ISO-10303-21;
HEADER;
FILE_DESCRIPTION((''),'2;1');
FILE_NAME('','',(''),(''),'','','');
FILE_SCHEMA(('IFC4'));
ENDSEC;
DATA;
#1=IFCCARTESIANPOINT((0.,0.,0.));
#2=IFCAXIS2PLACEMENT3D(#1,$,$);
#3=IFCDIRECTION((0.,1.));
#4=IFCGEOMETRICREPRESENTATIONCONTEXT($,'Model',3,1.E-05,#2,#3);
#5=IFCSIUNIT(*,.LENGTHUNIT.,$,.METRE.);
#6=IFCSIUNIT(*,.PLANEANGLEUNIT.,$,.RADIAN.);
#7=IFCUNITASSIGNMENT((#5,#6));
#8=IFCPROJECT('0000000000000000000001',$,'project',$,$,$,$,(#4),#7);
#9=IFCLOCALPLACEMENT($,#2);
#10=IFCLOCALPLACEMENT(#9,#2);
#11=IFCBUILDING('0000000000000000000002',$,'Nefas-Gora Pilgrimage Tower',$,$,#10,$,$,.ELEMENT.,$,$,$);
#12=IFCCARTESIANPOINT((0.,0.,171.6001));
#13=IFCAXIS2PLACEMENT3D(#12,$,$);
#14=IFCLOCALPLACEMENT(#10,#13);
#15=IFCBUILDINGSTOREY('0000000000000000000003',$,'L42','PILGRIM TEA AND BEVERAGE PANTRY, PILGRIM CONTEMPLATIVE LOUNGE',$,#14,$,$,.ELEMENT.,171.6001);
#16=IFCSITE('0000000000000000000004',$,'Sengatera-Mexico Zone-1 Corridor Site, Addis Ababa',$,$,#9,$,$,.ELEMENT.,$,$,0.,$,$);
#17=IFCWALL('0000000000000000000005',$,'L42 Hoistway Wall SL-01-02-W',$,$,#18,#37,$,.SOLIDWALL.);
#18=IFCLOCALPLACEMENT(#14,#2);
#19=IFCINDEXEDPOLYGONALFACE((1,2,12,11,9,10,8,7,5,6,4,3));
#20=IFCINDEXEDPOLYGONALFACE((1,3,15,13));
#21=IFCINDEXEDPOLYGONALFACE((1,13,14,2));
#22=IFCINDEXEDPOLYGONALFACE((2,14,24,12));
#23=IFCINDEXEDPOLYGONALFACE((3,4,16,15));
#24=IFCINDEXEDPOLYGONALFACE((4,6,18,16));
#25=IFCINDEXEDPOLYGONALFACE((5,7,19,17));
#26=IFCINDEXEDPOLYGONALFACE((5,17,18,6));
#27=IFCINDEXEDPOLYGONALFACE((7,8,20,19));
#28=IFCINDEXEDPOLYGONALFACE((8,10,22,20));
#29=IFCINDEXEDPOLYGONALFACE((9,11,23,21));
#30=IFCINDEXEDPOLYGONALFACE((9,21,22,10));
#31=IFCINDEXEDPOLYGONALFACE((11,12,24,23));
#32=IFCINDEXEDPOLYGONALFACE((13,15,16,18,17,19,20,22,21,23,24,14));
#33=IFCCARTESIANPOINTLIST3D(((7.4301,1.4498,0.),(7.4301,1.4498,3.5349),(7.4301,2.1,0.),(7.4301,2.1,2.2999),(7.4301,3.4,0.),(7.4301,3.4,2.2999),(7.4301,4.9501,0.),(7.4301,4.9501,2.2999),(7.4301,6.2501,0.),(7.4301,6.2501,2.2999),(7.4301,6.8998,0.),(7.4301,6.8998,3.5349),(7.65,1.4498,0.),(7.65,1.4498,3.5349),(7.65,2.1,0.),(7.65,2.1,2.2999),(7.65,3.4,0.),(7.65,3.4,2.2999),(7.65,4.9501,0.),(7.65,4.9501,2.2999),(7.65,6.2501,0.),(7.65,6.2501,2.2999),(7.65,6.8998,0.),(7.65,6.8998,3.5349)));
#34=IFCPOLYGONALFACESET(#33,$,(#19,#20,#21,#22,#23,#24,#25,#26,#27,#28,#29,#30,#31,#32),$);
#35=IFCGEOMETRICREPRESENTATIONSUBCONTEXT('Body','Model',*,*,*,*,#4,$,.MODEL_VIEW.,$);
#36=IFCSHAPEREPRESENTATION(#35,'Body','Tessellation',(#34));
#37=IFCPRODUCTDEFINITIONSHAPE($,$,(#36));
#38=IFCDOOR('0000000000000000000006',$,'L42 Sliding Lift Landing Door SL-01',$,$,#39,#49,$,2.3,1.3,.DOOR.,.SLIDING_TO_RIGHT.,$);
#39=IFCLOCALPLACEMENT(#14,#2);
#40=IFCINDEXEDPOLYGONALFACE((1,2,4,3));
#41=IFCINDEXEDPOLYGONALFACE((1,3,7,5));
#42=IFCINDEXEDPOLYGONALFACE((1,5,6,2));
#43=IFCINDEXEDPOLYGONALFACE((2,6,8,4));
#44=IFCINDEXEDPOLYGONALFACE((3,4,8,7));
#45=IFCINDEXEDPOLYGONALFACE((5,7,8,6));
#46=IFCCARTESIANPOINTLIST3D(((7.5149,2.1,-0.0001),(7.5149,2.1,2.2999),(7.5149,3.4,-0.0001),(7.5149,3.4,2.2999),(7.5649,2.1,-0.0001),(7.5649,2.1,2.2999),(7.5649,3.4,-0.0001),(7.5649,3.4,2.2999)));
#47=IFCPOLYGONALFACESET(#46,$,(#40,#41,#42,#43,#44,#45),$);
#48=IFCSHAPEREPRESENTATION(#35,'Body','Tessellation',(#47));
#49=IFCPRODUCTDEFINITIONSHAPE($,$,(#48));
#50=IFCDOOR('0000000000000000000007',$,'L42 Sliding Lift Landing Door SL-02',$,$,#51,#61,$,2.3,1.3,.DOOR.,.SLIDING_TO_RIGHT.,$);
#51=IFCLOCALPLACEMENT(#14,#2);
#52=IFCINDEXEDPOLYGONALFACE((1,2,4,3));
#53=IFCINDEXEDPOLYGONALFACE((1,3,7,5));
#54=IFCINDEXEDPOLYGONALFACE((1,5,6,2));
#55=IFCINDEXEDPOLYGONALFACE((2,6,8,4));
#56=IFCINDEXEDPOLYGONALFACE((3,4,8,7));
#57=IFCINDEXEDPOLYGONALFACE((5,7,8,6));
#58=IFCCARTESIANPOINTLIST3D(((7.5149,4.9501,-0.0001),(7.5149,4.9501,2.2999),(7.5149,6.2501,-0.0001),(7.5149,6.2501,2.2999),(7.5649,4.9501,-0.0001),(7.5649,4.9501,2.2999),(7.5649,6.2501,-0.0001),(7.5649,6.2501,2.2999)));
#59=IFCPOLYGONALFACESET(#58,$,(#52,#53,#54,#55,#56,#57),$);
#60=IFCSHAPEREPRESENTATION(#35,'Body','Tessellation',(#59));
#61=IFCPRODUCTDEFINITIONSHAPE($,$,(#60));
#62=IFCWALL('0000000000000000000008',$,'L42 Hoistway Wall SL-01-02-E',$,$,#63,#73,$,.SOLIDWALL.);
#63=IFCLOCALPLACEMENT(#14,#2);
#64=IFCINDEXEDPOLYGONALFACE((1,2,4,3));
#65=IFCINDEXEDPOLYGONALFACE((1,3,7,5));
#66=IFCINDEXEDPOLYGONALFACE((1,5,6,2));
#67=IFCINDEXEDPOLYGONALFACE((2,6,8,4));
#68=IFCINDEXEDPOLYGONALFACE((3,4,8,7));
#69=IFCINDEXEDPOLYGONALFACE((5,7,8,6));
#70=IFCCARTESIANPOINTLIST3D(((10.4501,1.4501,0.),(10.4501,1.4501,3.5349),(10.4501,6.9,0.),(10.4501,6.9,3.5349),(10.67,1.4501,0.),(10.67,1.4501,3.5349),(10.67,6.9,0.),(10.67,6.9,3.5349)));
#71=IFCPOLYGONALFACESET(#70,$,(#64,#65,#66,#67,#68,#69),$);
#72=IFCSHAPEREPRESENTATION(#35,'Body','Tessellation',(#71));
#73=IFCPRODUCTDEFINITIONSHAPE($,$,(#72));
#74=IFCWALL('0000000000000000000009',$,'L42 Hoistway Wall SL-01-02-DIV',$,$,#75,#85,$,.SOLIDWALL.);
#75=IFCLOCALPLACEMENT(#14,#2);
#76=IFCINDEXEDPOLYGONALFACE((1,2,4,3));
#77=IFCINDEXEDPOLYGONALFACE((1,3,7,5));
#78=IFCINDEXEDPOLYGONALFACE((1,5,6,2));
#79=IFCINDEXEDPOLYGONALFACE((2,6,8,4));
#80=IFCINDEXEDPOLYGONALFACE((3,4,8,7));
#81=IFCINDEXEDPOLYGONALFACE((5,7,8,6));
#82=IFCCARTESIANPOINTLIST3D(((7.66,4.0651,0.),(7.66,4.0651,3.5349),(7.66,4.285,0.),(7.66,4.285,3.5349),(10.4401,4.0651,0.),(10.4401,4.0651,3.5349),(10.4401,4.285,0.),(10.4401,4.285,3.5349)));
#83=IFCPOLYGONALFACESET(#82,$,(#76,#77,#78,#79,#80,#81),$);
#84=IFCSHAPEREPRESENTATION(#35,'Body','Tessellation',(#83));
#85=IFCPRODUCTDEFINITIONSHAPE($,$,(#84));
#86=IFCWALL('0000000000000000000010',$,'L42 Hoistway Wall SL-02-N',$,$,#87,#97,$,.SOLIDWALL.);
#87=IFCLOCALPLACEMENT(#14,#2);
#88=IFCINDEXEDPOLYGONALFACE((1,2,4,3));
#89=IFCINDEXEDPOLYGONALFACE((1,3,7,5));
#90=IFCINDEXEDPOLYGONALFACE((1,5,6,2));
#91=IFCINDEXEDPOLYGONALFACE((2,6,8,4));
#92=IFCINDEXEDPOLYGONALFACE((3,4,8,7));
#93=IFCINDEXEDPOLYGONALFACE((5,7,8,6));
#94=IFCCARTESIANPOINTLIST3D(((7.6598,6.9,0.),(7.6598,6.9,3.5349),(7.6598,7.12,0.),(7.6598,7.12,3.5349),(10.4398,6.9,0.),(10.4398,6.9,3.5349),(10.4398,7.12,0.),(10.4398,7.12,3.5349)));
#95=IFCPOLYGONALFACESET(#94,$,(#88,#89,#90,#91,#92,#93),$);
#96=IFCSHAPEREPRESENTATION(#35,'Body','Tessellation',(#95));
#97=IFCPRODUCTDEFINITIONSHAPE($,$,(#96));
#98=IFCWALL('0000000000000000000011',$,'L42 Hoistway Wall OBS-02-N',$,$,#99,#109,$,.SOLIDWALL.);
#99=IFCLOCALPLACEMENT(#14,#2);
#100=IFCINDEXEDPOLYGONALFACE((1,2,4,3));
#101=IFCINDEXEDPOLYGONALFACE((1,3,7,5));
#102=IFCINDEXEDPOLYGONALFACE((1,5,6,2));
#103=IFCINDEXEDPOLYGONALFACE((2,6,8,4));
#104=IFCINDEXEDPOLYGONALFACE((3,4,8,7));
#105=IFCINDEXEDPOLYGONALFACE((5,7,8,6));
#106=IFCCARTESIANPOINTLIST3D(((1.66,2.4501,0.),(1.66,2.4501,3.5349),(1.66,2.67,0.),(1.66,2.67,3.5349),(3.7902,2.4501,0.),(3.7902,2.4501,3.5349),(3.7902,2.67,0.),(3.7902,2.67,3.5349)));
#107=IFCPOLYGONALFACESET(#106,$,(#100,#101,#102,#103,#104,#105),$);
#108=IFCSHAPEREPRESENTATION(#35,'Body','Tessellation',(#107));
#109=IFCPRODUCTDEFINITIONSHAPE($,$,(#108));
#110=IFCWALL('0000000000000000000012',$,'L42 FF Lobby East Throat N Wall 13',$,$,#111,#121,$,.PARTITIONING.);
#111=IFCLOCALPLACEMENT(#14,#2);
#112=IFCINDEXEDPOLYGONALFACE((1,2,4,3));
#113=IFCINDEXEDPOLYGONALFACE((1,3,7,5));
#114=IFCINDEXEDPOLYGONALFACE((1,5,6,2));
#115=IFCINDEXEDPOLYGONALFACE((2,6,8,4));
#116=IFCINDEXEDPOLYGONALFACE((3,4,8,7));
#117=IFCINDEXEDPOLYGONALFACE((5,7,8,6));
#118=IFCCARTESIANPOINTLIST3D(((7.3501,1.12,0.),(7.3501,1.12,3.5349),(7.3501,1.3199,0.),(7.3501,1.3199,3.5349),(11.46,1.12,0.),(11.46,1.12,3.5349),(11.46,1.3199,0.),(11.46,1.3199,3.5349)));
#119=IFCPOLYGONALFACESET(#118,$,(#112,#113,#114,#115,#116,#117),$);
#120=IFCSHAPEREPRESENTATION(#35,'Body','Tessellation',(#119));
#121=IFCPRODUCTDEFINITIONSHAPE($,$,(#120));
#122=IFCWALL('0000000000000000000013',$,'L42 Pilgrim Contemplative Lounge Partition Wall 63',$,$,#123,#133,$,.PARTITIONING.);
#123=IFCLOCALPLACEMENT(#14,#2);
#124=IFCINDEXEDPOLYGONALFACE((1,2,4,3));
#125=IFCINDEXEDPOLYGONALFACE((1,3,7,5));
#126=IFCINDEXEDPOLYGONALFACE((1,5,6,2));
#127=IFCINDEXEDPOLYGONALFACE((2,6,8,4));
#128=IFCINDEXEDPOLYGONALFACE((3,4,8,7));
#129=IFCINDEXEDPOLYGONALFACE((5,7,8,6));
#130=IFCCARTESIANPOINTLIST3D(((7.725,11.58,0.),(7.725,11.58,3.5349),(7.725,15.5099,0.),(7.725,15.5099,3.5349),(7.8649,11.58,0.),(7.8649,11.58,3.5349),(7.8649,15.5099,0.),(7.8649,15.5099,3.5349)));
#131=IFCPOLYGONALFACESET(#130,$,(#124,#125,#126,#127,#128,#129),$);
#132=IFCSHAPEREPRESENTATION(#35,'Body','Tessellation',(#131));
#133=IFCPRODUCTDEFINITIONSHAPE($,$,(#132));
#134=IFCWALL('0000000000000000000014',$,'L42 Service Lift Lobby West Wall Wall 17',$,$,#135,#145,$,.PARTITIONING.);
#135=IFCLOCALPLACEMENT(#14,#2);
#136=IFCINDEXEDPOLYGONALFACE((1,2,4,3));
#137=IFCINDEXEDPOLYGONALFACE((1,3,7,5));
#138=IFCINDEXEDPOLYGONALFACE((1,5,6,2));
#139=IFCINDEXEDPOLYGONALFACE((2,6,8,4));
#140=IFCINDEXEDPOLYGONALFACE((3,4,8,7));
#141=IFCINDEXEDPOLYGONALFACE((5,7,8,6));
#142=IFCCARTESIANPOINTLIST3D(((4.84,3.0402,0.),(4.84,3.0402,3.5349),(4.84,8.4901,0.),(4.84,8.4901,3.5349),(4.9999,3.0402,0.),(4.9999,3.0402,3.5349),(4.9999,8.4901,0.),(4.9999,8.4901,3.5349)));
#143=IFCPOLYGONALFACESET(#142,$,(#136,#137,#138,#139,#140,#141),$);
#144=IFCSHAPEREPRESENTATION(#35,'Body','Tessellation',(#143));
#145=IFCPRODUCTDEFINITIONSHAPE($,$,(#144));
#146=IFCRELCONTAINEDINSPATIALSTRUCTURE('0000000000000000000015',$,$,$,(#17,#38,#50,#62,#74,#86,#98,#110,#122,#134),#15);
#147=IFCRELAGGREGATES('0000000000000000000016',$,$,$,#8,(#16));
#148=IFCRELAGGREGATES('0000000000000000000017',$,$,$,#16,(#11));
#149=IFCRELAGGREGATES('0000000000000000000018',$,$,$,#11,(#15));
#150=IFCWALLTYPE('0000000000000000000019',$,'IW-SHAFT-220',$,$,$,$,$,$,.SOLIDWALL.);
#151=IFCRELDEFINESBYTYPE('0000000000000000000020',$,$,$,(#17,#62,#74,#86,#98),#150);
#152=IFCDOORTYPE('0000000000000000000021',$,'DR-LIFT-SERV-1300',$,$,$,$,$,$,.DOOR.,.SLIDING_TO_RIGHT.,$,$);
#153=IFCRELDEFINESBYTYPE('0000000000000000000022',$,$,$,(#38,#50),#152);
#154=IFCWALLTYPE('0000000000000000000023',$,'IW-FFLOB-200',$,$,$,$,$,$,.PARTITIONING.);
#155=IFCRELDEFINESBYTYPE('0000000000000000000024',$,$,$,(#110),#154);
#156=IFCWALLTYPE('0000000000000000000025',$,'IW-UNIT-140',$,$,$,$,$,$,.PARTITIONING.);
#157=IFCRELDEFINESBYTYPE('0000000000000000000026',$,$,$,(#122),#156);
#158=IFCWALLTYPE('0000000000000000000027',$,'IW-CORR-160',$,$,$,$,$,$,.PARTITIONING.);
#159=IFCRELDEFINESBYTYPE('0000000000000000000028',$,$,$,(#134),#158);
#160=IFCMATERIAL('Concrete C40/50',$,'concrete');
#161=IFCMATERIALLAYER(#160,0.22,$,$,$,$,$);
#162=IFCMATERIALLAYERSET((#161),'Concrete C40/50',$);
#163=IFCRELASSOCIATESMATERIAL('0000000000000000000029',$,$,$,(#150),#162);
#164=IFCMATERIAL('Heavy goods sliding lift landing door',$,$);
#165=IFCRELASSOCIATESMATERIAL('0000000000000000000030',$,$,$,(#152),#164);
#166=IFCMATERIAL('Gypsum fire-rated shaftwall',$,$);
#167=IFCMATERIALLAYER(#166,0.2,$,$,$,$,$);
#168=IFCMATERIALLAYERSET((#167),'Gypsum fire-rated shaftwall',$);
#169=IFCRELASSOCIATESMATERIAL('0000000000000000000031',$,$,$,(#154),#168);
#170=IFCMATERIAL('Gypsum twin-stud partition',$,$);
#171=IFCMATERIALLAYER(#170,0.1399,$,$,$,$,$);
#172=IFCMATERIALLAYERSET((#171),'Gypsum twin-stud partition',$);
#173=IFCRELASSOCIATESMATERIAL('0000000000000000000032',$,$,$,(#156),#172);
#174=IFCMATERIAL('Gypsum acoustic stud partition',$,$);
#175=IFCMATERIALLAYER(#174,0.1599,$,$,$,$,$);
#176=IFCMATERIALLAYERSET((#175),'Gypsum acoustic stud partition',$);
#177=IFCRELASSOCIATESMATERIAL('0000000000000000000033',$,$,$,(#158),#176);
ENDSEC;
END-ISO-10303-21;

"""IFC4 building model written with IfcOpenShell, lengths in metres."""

from ifc_helpers import new_model, si_unit, direction, frame, frame_2d, origin, place, context, subcontext, project, spatial, rectangle, extrude, source, transform, mapped, material, layer, layer_set, type_object, element, fill, save


model = new_model("IFC4")

# Units and contexts
model_context = context("Model", 3, precision=1e-05, world=origin(), true_north=direction((0.0, 1.0)))
body_context = subcontext(model_context, "Body", "Model", "MODEL_VIEW")
ifc_project = project(units=[si_unit("LENGTHUNIT", "METRE"), si_unit("PLANEANGLEUNIT", "RADIAN")], contexts=[model_context])

# Site, building, storey
site_placement = place(None, origin())
site = spatial("IfcSite", under=ifc_project, at=site_placement, Name="Sengatera-Mexico Zone-1 Corridor Site, Addis Ababa", CompositionType="ELEMENT", RefElevation=0.0)
building_placement = place(site_placement, origin())
building = spatial("IfcBuilding", under=site, at=building_placement, Name="Nefas-Gora Pilgrimage Tower", CompositionType="ELEMENT")
storey_placement = place(building_placement, frame((0.0, 0.0, 171.6001)))
storey = spatial("IfcBuildingStorey", under=building, at=storey_placement, Name="L42", Description="PILGRIM TEA AND BEVERAGE PANTRY, PILGRIM CONTEMPLATIVE LOUNGE", CompositionType="ELEMENT", Elevation=171.6001)

# Wall, openings, doors
ifc_material_1 = material(Name="Concrete C40/50", Category="concrete")
ifc_layer_1 = layer(ifc_material_1, 0.22)
ifc_layer_set_1 = layer_set([ifc_layer_1], Name="Concrete C40/50")
wall_type_1 = type_object("IfcWallType", Name="IW-SHAFT-220", PredefinedType="SOLIDWALL", material=ifc_layer_set_1)
shared_shape_1 = source(origin(), body_context, "Body", "SweptSolid", [
    extrude(rectangle(XDim=5.45, YDim=0.22, at=frame_2d((2.7251, 0.0))), origin(), (0.0, 0.0, 1.0), 3.5349),
])
wall_1_placement = place(storey_placement, frame((7.54, 6.8999, 0.0), z_axis=(0.0, 0.0, 1.0), x_axis=(0.0, -1.0, 0.0)))
wall_1 = element("IfcWall", 1, at=wall_1_placement, inside=storey, type_object=wall_type_1, Name="L42 Hoistway Wall SL-01-02-W", PredefinedType="SOLIDWALL", context=body_context, shape_type="MappedRepresentation", body=[
    mapped(shared_shape_1, transform((0.0, 0.0, 0.0), x_axis=(1.0, 0.0, 0.0), y_axis=(0.0, 1.0, 0.0), z_axis=(0.0, 0.0, 1.0), scale=1.0)),
])
opening_1_placement = place(wall_1_placement, frame((3.5, 0.0, 0.0)))
opening_1 = element("IfcOpeningElement", 2, at=opening_1_placement, cuts=wall_1, PredefinedType="OPENING", context=body_context, shape_type="SweptSolid", body=[
    extrude(rectangle(XDim=1.3, YDim=2.3, at=frame_2d((0.6499, 1.1499))), frame((0.0, 0.1199, 0.0), z_axis=(0.0, -1.0, 0.0), x_axis=(1.0, 0.0, 0.0)), (0.0, 0.0, 1.0), 0.24),
])
opening_2_placement = place(wall_1_placement, frame((0.6499, 0.0, 0.0)))
opening_2 = element("IfcOpeningElement", 3, at=opening_2_placement, cuts=wall_1, PredefinedType="OPENING", context=body_context, shape_type="SweptSolid", body=[
    extrude(rectangle(XDim=1.3, YDim=2.3, at=frame_2d((0.6499, 1.1499))), frame((0.0, 0.1199, 0.0), z_axis=(0.0, -1.0, 0.0), x_axis=(1.0, 0.0, 0.0)), (0.0, 0.0, 1.0), 0.24),
])
ifc_material_2 = material(Name="Heavy goods sliding lift landing door")
door_type_1 = type_object("IfcDoorType", Name="DR-LIFT-SERV-1300", OperationType="SLIDING_TO_RIGHT", PredefinedType="DOOR", material=ifc_material_2)
shared_shape_2 = source(origin(), body_context, "Body", "SweptSolid", [
    extrude(rectangle(XDim=1.3, YDim=2.3, at=frame_2d((0.6499, 1.1499))), frame((0.0, 0.0249, 0.0), z_axis=(0.0, -1.0, 0.0), x_axis=(1.0, 0.0, 0.0)), (0.0, 0.0, 1.0), 0.05),
])
door_1_placement = place(opening_1_placement, origin())
door_1 = element("IfcDoor", 4, at=door_1_placement, inside=storey, type_object=door_type_1, Name="L42 Sliding Lift Landing Door SL-01", OperationType="SLIDING_TO_RIGHT", OverallHeight=2.3, OverallWidth=1.3, PredefinedType="DOOR", context=body_context, shape_type="MappedRepresentation", body=[
    mapped(shared_shape_2, transform((0.0, 0.0, 0.0), x_axis=(1.0, 0.0, 0.0), y_axis=(0.0, 1.0, 0.0), z_axis=(0.0, 0.0, 1.0), scale=1.0)),
])
fill(opening_1, door_1)
door_2_placement = place(opening_2_placement, origin())
door_2 = element("IfcDoor", 5, at=door_2_placement, inside=storey, type_object=door_type_1, Name="L42 Sliding Lift Landing Door SL-02", OperationType="SLIDING_TO_RIGHT", OverallHeight=2.3, OverallWidth=1.3, PredefinedType="DOOR", context=body_context, shape_type="MappedRepresentation", body=[
    mapped(shared_shape_2, transform((0.0, 0.0, 0.0), x_axis=(1.0, 0.0, 0.0), y_axis=(0.0, 1.0, 0.0), z_axis=(0.0, 0.0, 1.0), scale=1.0)),
])
fill(opening_2, door_2)

# Walls
wall_2_placement = place(storey_placement, frame((10.5601, 1.45, 0.0), z_axis=(0.0, 0.0, 1.0), x_axis=(0.0, 1.0, 0.0)))
element("IfcWall", 6, at=wall_2_placement, inside=storey, type_object=wall_type_1, Name="L42 Hoistway Wall SL-01-02-E", PredefinedType="SOLIDWALL", context=body_context, shape_type="MappedRepresentation", body=[
    mapped(shared_shape_1, transform((0.0, 0.0, 0.0), x_axis=(1.0, 0.0, 0.0), y_axis=(0.0, 1.0, 0.0), z_axis=(0.0, 0.0, 1.0), scale=1.0)),
])
shared_shape_3 = source(origin(), body_context, "Body", "SweptSolid", [
    extrude(rectangle(XDim=2.78, YDim=0.22, at=frame_2d((1.3901, 0.0))), origin(), (0.0, 0.0, 1.0), 3.5349),
])
for number, where, z_axis, x_axis, name in (
    (7, (7.6599, 4.175, 0.0), (0.0, 0.0, 1.0), (1.0, 0.0, 0.0), "L42 Hoistway Wall SL-01-02-DIV"),
    (8, (10.4399, 7.01, 0.0), (0.0, 0.0, 1.0), (-1.0, 0.0, 0.0), "L42 Hoistway Wall SL-02-N"),
):
    element("IfcWall", number, at=place(storey_placement, frame(where, z_axis=z_axis, x_axis=x_axis)), inside=storey, type_object=wall_type_1, Name=name, PredefinedType="SOLIDWALL", context=body_context, shape_type="MappedRepresentation", body=[
        mapped(shared_shape_3, transform((0.0, 0.0, 0.0), x_axis=(1.0, 0.0, 0.0), y_axis=(0.0, 1.0, 0.0), z_axis=(0.0, 0.0, 1.0), scale=1.0)),
    ])
shared_shape_4 = source(origin(), body_context, "Body", "SweptSolid", [
    extrude(rectangle(XDim=2.1301, YDim=0.22, at=frame_2d((1.0649, 0.0))), origin(), (0.0, 0.0, 1.0), 3.5349),
])
wall_3_placement = place(storey_placement, frame((3.79, 2.5601, 0.0), z_axis=(0.0, 0.0, 1.0), x_axis=(-1.0, 0.0, 0.0)))
element("IfcWall", 9, at=wall_3_placement, inside=storey, type_object=wall_type_1, Name="L42 Hoistway Wall OBS-02-N", PredefinedType="SOLIDWALL", context=body_context, shape_type="MappedRepresentation", body=[
    mapped(shared_shape_4, transform((0.0, 0.0, 0.0), x_axis=(1.0, 0.0, 0.0), y_axis=(0.0, 1.0, 0.0), z_axis=(0.0, 0.0, 1.0), scale=1.0)),
])

# Shared definitions
ifc_material_3 = material(Name="Gypsum fire-rated shaftwall")
ifc_layer_2 = layer(ifc_material_3, 0.2)
ifc_layer_set_2 = layer_set([ifc_layer_2], Name="Gypsum fire-rated shaftwall")
wall_type_2 = type_object("IfcWallType", Name="IW-FFLOB-200", PredefinedType="PARTITIONING", material=ifc_layer_set_2)

# Walls
shared_shape_5 = source(origin(), body_context, "Body", "SweptSolid", [
    extrude(rectangle(XDim=4.1099, YDim=0.2, at=frame_2d((2.0549, 0.0))), origin(), (0.0, 0.0, 1.0), 3.5349),
])
wall_4_placement = place(storey_placement, frame((7.3501, 1.22, 0.0), z_axis=(0.0, 0.0, 1.0), x_axis=(1.0, 0.0, 0.0)))
element("IfcWall", 10, at=wall_4_placement, inside=storey, type_object=wall_type_2, Name="L42 FF Lobby East Throat N Wall 13", PredefinedType="PARTITIONING", context=body_context, shape_type="MappedRepresentation", body=[
    mapped(shared_shape_5, transform((0.0, 0.0, 0.0), x_axis=(1.0, 0.0, 0.0), y_axis=(0.0, 1.0, 0.0), z_axis=(0.0, 0.0, 1.0), scale=1.0)),
])
ifc_material_4 = material(Name="Gypsum twin-stud partition")
ifc_layer_3 = layer(ifc_material_4, 0.1399)
ifc_layer_set_3 = layer_set([ifc_layer_3], Name="Gypsum twin-stud partition")
wall_type_3 = type_object("IfcWallType", Name="IW-UNIT-140", PredefinedType="PARTITIONING", material=ifc_layer_set_3)
shared_shape_6 = source(origin(), body_context, "Body", "SweptSolid", [
    extrude(rectangle(XDim=3.9299, YDim=0.1399, at=frame_2d((1.9648, 0.0))), origin(), (0.0, 0.0, 1.0), 3.5349),
])
wall_5_placement = place(storey_placement, frame((7.7949, 11.5801, 0.0), z_axis=(0.0, 0.0, 1.0), x_axis=(0.0, 1.0, 0.0)))
element("IfcWall", 11, at=wall_5_placement, inside=storey, type_object=wall_type_3, Name="L42 Pilgrim Contemplative Lounge Partition Wall 63", PredefinedType="PARTITIONING", context=body_context, shape_type="MappedRepresentation", body=[
    mapped(shared_shape_6, transform((0.0, 0.0, 0.0), x_axis=(1.0, 0.0, 0.0), y_axis=(0.0, 1.0, 0.0), z_axis=(0.0, 0.0, 1.0), scale=1.0)),
])
ifc_material_5 = material(Name="Gypsum acoustic stud partition")
ifc_layer_4 = layer(ifc_material_5, 0.1599)
ifc_layer_set_4 = layer_set([ifc_layer_4], Name="Gypsum acoustic stud partition")
wall_type_4 = type_object("IfcWallType", Name="IW-CORR-160", PredefinedType="PARTITIONING", material=ifc_layer_set_4)
shared_shape_7 = source(origin(), body_context, "Body", "SweptSolid", [
    extrude(rectangle(XDim=5.45, YDim=0.1599, at=frame_2d((2.7251, 0.0))), origin(), (0.0, 0.0, 1.0), 3.5349),
])
wall_6_placement = place(storey_placement, frame((4.9199, 3.04, 0.0), z_axis=(0.0, 0.0, 1.0), x_axis=(0.0, 1.0, 0.0)))
element("IfcWall", 12, at=wall_6_placement, inside=storey, type_object=wall_type_4, Name="L42 Service Lift Lobby West Wall Wall 17", PredefinedType="PARTITIONING", context=body_context, shape_type="MappedRepresentation", body=[
    mapped(shared_shape_7, transform((0.0, 0.0, 0.0), x_axis=(1.0, 0.0, 0.0), y_axis=(0.0, 1.0, 0.0), z_axis=(0.0, 0.0, 1.0), scale=1.0)),
])

save(model, "model.ifc")
